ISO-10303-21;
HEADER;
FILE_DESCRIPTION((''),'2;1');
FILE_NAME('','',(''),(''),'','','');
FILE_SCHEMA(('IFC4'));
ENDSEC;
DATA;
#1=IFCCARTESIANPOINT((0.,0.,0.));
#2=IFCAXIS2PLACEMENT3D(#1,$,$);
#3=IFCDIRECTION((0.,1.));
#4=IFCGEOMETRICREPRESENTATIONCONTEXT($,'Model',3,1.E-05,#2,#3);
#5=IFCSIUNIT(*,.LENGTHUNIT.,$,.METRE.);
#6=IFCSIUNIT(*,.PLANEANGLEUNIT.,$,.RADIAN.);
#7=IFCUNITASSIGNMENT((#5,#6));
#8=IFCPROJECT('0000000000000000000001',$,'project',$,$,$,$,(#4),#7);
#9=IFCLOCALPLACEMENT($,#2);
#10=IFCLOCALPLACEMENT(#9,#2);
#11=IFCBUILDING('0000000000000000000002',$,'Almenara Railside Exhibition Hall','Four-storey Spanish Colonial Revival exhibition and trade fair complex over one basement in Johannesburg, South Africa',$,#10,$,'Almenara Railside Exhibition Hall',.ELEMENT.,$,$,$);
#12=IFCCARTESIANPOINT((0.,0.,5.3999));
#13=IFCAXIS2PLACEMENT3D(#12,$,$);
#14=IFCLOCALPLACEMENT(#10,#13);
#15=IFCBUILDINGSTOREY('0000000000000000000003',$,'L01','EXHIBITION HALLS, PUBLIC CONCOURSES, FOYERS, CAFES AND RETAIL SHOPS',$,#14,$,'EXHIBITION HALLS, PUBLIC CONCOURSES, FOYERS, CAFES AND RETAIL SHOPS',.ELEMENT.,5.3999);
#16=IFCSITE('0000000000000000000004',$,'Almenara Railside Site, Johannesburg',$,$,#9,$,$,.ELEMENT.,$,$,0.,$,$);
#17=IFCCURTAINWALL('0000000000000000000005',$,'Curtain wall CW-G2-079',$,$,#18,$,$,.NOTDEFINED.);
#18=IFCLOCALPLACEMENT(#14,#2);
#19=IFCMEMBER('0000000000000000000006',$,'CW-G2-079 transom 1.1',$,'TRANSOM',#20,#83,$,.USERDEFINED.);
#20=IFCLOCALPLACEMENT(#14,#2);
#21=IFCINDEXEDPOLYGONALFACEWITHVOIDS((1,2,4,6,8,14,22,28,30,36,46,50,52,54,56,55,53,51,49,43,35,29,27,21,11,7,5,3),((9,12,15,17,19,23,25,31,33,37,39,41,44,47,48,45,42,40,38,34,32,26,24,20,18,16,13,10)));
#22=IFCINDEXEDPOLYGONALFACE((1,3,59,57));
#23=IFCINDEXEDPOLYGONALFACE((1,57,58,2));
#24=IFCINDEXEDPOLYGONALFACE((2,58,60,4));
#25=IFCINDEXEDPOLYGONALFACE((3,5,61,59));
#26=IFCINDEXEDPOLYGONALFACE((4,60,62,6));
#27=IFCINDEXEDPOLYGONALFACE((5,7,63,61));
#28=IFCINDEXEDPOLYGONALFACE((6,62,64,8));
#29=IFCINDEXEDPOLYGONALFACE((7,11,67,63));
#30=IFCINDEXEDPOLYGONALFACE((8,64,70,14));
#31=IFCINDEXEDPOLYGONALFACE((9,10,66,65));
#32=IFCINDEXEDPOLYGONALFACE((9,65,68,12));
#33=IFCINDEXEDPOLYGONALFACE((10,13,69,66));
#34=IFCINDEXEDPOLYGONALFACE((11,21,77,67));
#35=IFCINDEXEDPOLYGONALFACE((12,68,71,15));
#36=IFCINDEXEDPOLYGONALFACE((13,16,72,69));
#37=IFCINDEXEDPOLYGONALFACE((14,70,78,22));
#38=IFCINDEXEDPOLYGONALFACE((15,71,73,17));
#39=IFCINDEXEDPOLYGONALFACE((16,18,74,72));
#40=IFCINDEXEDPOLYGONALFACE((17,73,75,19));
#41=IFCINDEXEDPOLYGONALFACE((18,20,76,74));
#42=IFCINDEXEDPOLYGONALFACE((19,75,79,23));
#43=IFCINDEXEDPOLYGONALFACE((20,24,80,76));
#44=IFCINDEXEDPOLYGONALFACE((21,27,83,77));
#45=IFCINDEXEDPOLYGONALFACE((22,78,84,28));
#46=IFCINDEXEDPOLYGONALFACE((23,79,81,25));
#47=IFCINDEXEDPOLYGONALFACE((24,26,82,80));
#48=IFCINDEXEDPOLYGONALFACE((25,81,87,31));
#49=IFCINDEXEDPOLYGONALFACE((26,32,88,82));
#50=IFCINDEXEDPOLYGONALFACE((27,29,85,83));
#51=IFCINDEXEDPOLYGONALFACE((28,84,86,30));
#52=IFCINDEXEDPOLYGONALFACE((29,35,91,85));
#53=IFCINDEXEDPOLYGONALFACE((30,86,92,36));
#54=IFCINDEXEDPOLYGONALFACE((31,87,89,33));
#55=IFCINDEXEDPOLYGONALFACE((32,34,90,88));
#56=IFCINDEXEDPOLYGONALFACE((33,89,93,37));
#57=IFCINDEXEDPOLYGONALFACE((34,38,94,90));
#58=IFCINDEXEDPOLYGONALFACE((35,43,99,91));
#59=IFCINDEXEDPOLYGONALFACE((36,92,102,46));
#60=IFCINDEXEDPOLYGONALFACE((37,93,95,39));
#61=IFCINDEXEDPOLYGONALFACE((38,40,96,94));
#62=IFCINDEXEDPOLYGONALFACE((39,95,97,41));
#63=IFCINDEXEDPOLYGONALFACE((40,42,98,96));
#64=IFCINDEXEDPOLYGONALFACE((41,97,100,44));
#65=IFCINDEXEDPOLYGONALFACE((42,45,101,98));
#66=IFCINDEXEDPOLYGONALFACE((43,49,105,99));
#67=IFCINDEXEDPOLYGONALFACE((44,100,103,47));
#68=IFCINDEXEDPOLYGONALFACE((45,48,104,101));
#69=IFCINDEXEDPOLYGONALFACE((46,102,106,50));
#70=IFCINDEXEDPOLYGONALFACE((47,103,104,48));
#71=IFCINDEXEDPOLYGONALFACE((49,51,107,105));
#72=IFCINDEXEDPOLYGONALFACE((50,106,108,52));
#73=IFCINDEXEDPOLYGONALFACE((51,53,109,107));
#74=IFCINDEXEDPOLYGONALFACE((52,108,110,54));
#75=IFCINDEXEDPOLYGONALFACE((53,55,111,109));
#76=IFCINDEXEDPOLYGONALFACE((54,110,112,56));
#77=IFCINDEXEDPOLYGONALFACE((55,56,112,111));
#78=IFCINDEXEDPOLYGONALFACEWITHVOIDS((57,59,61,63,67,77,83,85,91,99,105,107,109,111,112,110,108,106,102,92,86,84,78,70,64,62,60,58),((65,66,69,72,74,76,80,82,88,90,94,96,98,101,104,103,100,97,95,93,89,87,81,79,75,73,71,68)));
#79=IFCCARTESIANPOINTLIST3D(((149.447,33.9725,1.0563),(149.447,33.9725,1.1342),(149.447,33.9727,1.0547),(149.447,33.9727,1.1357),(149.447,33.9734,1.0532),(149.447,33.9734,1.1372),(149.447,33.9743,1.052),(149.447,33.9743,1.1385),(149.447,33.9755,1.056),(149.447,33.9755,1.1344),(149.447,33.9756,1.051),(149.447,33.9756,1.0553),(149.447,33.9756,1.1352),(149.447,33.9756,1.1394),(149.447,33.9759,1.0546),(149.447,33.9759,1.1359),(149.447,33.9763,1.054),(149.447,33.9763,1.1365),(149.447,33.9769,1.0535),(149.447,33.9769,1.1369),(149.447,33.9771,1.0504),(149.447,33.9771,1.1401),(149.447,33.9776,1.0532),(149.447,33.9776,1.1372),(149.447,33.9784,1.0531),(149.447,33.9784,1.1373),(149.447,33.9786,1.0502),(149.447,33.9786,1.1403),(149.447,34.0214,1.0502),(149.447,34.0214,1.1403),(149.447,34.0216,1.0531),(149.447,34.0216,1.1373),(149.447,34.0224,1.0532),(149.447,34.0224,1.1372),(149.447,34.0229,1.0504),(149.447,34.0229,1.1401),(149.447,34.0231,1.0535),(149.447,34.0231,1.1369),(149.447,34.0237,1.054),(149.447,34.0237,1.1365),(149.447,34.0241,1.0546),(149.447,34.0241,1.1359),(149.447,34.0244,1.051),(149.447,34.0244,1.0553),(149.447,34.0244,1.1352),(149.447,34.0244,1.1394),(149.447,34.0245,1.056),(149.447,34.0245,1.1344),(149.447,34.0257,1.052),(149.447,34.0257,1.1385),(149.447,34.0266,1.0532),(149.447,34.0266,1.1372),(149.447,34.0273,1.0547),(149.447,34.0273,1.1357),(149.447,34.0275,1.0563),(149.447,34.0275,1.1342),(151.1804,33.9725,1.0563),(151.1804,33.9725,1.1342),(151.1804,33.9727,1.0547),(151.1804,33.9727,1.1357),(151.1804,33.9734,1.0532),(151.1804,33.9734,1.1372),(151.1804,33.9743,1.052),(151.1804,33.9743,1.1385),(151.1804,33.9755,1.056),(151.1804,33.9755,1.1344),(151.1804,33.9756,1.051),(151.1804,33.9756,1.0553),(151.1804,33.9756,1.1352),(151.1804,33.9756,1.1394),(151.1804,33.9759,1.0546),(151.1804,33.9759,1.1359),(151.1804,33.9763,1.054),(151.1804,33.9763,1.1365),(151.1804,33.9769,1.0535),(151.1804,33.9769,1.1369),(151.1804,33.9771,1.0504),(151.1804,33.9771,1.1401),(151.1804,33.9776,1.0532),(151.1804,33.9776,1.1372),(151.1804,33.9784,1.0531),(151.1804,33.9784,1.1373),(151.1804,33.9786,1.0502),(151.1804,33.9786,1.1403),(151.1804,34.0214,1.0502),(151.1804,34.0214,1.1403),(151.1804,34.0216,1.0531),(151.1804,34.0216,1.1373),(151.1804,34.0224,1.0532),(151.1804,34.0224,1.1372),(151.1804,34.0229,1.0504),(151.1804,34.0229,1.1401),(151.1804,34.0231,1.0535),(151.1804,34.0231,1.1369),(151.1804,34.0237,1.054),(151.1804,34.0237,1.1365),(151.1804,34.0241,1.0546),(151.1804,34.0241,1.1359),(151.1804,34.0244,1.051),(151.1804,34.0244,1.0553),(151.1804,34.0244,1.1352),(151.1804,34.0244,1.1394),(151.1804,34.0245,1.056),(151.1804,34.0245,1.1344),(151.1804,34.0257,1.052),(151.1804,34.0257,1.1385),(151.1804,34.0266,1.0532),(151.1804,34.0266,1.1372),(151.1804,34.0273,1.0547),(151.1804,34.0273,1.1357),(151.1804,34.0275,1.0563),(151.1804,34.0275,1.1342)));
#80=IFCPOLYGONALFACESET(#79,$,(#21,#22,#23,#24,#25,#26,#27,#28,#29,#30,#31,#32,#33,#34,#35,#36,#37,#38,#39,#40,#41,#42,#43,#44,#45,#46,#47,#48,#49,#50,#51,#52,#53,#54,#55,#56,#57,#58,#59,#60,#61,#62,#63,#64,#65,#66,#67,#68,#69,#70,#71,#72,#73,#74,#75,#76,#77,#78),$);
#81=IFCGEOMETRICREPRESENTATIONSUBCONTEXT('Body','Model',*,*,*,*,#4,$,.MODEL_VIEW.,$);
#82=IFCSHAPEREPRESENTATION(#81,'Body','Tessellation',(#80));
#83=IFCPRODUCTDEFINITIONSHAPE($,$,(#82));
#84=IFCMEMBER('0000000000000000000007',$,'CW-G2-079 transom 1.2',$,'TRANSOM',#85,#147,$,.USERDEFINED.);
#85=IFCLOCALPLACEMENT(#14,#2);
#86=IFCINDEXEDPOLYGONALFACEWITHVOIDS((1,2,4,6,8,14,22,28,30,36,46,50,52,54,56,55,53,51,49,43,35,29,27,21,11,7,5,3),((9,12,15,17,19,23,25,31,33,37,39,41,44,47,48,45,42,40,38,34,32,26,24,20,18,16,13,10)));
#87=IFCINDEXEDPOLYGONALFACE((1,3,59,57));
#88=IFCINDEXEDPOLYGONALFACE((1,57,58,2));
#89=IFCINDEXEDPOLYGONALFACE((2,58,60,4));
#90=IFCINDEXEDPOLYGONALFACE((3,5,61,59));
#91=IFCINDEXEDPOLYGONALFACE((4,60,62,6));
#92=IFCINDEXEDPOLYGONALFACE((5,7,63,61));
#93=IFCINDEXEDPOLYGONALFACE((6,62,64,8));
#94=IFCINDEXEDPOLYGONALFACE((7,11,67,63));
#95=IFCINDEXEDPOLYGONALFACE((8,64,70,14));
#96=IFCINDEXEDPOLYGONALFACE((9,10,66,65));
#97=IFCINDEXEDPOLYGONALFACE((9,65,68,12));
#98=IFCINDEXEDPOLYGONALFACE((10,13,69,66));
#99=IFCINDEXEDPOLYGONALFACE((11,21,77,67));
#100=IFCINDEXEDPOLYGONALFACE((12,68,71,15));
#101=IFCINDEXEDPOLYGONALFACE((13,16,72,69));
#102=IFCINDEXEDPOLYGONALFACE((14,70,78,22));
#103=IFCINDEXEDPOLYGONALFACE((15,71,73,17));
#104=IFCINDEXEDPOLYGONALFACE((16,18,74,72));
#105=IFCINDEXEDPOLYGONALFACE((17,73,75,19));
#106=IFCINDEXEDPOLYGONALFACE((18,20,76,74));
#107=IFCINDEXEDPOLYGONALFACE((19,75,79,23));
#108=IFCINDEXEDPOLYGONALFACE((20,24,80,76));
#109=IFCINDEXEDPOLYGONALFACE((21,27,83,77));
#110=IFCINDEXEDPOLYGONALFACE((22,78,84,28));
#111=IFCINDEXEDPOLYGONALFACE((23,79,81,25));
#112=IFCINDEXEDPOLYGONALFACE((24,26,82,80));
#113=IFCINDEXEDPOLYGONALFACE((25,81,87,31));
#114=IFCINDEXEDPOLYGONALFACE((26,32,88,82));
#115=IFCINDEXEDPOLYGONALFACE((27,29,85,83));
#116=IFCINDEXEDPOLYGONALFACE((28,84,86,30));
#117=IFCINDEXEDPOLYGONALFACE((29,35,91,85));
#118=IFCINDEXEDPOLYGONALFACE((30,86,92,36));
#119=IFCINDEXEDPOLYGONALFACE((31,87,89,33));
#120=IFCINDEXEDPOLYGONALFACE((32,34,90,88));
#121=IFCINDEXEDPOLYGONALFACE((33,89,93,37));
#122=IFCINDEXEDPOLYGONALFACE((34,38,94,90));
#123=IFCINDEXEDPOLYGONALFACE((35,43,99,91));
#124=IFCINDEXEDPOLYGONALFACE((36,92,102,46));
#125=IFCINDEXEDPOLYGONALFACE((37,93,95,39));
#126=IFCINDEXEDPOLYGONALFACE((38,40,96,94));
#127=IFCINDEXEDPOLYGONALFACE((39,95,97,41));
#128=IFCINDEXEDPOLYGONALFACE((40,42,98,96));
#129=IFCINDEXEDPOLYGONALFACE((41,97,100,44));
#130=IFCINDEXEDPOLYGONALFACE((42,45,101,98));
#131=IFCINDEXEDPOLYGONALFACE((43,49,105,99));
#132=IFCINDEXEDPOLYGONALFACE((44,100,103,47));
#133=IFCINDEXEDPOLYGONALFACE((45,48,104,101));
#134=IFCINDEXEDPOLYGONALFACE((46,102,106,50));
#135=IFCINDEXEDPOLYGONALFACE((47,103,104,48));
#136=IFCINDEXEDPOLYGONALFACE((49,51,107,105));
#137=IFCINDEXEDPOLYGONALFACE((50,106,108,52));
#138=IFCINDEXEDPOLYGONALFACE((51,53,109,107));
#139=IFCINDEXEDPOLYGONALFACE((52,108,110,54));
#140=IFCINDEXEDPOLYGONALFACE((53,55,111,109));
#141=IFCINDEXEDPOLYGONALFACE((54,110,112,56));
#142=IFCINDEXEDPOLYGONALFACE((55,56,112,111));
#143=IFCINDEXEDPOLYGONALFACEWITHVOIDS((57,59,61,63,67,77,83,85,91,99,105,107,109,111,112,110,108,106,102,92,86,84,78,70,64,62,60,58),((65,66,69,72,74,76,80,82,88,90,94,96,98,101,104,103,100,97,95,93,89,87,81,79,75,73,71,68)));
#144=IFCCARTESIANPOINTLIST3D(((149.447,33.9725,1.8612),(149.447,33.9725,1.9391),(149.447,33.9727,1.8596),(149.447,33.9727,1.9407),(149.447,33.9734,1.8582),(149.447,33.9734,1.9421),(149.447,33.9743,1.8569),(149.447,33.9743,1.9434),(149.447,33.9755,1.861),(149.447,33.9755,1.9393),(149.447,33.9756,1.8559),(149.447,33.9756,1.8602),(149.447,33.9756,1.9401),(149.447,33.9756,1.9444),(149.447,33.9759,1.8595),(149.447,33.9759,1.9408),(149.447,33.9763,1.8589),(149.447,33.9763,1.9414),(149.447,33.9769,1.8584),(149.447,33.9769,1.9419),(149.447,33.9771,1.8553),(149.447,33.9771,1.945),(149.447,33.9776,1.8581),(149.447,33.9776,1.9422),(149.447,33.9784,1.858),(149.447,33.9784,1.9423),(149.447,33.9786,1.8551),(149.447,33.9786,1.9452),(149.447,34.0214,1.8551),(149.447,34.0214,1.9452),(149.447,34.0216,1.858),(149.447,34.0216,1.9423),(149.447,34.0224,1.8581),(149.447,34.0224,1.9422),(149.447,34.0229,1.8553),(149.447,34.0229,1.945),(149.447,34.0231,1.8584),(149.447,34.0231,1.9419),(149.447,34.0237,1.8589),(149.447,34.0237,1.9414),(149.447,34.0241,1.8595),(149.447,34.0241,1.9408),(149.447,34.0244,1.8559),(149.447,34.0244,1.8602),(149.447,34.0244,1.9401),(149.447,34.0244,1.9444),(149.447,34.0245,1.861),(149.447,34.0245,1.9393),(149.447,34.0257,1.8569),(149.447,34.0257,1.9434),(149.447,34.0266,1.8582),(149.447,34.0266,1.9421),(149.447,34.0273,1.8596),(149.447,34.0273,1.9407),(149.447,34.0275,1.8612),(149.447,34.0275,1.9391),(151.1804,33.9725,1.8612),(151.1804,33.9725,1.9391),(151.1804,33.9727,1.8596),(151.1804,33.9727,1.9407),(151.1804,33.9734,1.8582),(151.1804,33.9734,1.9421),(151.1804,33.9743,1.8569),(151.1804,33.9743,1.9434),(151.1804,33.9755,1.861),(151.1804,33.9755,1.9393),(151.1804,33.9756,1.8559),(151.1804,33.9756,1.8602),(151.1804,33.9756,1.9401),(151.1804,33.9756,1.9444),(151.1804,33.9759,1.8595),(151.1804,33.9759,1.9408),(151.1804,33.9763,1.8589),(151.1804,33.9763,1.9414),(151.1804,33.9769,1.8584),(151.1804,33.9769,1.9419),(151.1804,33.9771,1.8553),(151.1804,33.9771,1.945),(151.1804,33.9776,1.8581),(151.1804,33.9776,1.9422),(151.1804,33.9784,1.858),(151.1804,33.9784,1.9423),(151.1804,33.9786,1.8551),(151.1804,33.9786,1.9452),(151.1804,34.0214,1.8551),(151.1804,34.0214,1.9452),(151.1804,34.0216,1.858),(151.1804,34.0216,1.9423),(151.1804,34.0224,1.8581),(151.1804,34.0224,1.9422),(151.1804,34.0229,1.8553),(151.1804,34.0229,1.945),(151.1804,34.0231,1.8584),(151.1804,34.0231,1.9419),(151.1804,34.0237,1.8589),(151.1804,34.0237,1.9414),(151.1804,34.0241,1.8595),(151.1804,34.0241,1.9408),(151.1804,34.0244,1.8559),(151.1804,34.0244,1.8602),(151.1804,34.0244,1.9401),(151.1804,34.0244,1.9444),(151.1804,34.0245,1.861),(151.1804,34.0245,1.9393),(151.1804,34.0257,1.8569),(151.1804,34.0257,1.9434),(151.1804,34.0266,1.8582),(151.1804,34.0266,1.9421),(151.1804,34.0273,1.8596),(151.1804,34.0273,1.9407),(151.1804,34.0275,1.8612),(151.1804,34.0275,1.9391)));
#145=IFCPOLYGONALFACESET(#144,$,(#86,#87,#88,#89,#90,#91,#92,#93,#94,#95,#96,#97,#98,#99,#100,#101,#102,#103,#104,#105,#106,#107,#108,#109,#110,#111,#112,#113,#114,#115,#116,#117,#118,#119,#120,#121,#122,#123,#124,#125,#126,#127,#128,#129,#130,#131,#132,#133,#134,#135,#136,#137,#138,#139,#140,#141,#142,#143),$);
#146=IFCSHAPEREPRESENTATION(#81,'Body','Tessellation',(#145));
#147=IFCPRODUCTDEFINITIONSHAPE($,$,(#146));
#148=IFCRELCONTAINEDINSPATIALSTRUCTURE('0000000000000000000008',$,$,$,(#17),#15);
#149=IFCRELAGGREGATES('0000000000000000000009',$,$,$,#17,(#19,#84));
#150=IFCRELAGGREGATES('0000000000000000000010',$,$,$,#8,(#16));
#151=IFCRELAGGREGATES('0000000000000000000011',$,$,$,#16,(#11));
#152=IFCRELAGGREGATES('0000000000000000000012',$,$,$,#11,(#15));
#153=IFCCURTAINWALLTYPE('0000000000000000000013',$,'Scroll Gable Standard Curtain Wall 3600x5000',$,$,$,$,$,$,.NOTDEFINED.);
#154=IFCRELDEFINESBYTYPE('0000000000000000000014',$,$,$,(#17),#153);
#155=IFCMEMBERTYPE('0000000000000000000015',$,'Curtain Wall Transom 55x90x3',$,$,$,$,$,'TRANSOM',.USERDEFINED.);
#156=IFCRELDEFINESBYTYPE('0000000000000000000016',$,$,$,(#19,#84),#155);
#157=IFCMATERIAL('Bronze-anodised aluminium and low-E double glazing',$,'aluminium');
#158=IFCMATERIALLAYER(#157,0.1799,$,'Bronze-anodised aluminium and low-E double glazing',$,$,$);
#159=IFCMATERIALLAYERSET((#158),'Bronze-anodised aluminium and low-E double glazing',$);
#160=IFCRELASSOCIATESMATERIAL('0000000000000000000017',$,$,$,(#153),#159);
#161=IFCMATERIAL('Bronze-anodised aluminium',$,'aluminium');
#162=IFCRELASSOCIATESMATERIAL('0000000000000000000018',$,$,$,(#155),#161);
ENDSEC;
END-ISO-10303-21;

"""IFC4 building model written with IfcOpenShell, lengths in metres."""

from ifc_helpers import new_model, si_unit, direction, frame, origin, origin_2d, place, context, subcontext, project, spatial, hollow_rectangle, extrude, material, layer, layer_set, material_profile, profile_set, type_object, element, aggregate, save


model = new_model("IFC4")

# Units and contexts
model_context = context("Model", 3, precision=1e-05, world=origin(), true_north=direction((0.0, 1.0)))
body_context = subcontext(model_context, "Body", "Model", "MODEL_VIEW")
ifc_project = project(units=[si_unit("LENGTHUNIT", "METRE"), si_unit("PLANEANGLEUNIT", "RADIAN")], contexts=[model_context])

# Site, building, storey
site_placement = place(None, origin())
site = spatial("IfcSite", under=ifc_project, at=site_placement, Name="Almenara Railside Site, Johannesburg", CompositionType="ELEMENT", RefElevation=0.0)
building_placement = place(site_placement, origin())
building = spatial("IfcBuilding", under=site, at=building_placement, Name="Almenara Railside Exhibition Hall", Description="Four-storey Spanish Colonial Revival exhibition and trade fair complex over one basement in Johannesburg, South Africa", LongName="Almenara Railside Exhibition Hall", CompositionType="ELEMENT")
storey_placement = place(building_placement, frame((0.0, 0.0, 5.3999)))
storey = spatial("IfcBuildingStorey", under=building, at=storey_placement, Name="L01", Description="EXHIBITION HALLS, PUBLIC CONCOURSES, FOYERS, CAFES AND RETAIL SHOPS", LongName="EXHIBITION HALLS, PUBLIC CONCOURSES, FOYERS, CAFES AND RETAIL SHOPS", CompositionType="ELEMENT", Elevation=5.3999)

# Curtain wall, members
ifc_material_1 = material(Name="Bronze-anodised aluminium and low-E double glazing", Category="aluminium")
ifc_layer_1 = layer(ifc_material_1, 0.1799, Name="Bronze-anodised aluminium and low-E double glazing")
ifc_layer_set_1 = layer_set([ifc_layer_1], Name="Bronze-anodised aluminium and low-E double glazing")
curtain_wall_type = type_object("IfcCurtainWallType", Name="Scroll Gable Standard Curtain Wall 3600x5000", PredefinedType="NOTDEFINED", material=ifc_layer_set_1)
curtain_wall_placement = place(storey_placement, origin())
curtain_wall = element("IfcCurtainWall", 1, at=curtain_wall_placement, inside=storey, type_object=curtain_wall_type, Name="Curtain wall CW-G2-079", PredefinedType="NOTDEFINED")
ifc_material_2 = material(Name="Bronze-anodised aluminium", Category="aluminium")
ifc_material_profile_1 = material_profile(ifc_material_2, hollow_rectangle(XDim=0.0549, YDim=0.0901, WallThickness=0.0029, InnerFilletRadius=0.0029, OuterFilletRadius=0.0061, at=origin_2d()), Name="ALU-TRN 55x90x3")
ifc_profile_set_1 = profile_set([ifc_material_profile_1], Name="Bronze-anodised aluminium")
member_type_1 = type_object("IfcMemberType", Name="Curtain Wall Transom 55x90x3", ElementType="TRANSOM", PredefinedType="USERDEFINED", material=ifc_profile_set_1)
member_1_placement = place(storey_placement, frame((149.447, 34.0, 1.0952), z_axis=(1.0, 0.0, 0.0), x_axis=(0.0, 1.0, 0.0)))
member_1 = element("IfcMember", 2, at=member_1_placement, type_object=member_type_1, Name="CW-G2-079 transom 1.1", ObjectType="TRANSOM", PredefinedType="USERDEFINED", context=body_context, shape_type="SweptSolid", body=[
    extrude(hollow_rectangle(XDim=0.0549, YDim=0.0901, WallThickness=0.0029, InnerFilletRadius=0.0029, OuterFilletRadius=0.0061, at=origin_2d()), origin(), (0.0, 0.0, 1.0), 1.7334),
])
member_2_placement = place(storey_placement, frame((149.447, 34.0, 1.9001), z_axis=(1.0, 0.0, 0.0), x_axis=(0.0, 1.0, 0.0)))
member_2 = element("IfcMember", 3, at=member_2_placement, type_object=member_type_1, Name="CW-G2-079 transom 1.2", ObjectType="TRANSOM", PredefinedType="USERDEFINED", context=body_context, shape_type="SweptSolid", body=[
    extrude(hollow_rectangle(XDim=0.0549, YDim=0.0901, WallThickness=0.0029, InnerFilletRadius=0.0029, OuterFilletRadius=0.0061, at=origin_2d()), origin(), (0.0, 0.0, 1.0), 1.7334),
])

aggregate(curtain_wall, [member_1, member_2])

save(model, "model.ifc")
